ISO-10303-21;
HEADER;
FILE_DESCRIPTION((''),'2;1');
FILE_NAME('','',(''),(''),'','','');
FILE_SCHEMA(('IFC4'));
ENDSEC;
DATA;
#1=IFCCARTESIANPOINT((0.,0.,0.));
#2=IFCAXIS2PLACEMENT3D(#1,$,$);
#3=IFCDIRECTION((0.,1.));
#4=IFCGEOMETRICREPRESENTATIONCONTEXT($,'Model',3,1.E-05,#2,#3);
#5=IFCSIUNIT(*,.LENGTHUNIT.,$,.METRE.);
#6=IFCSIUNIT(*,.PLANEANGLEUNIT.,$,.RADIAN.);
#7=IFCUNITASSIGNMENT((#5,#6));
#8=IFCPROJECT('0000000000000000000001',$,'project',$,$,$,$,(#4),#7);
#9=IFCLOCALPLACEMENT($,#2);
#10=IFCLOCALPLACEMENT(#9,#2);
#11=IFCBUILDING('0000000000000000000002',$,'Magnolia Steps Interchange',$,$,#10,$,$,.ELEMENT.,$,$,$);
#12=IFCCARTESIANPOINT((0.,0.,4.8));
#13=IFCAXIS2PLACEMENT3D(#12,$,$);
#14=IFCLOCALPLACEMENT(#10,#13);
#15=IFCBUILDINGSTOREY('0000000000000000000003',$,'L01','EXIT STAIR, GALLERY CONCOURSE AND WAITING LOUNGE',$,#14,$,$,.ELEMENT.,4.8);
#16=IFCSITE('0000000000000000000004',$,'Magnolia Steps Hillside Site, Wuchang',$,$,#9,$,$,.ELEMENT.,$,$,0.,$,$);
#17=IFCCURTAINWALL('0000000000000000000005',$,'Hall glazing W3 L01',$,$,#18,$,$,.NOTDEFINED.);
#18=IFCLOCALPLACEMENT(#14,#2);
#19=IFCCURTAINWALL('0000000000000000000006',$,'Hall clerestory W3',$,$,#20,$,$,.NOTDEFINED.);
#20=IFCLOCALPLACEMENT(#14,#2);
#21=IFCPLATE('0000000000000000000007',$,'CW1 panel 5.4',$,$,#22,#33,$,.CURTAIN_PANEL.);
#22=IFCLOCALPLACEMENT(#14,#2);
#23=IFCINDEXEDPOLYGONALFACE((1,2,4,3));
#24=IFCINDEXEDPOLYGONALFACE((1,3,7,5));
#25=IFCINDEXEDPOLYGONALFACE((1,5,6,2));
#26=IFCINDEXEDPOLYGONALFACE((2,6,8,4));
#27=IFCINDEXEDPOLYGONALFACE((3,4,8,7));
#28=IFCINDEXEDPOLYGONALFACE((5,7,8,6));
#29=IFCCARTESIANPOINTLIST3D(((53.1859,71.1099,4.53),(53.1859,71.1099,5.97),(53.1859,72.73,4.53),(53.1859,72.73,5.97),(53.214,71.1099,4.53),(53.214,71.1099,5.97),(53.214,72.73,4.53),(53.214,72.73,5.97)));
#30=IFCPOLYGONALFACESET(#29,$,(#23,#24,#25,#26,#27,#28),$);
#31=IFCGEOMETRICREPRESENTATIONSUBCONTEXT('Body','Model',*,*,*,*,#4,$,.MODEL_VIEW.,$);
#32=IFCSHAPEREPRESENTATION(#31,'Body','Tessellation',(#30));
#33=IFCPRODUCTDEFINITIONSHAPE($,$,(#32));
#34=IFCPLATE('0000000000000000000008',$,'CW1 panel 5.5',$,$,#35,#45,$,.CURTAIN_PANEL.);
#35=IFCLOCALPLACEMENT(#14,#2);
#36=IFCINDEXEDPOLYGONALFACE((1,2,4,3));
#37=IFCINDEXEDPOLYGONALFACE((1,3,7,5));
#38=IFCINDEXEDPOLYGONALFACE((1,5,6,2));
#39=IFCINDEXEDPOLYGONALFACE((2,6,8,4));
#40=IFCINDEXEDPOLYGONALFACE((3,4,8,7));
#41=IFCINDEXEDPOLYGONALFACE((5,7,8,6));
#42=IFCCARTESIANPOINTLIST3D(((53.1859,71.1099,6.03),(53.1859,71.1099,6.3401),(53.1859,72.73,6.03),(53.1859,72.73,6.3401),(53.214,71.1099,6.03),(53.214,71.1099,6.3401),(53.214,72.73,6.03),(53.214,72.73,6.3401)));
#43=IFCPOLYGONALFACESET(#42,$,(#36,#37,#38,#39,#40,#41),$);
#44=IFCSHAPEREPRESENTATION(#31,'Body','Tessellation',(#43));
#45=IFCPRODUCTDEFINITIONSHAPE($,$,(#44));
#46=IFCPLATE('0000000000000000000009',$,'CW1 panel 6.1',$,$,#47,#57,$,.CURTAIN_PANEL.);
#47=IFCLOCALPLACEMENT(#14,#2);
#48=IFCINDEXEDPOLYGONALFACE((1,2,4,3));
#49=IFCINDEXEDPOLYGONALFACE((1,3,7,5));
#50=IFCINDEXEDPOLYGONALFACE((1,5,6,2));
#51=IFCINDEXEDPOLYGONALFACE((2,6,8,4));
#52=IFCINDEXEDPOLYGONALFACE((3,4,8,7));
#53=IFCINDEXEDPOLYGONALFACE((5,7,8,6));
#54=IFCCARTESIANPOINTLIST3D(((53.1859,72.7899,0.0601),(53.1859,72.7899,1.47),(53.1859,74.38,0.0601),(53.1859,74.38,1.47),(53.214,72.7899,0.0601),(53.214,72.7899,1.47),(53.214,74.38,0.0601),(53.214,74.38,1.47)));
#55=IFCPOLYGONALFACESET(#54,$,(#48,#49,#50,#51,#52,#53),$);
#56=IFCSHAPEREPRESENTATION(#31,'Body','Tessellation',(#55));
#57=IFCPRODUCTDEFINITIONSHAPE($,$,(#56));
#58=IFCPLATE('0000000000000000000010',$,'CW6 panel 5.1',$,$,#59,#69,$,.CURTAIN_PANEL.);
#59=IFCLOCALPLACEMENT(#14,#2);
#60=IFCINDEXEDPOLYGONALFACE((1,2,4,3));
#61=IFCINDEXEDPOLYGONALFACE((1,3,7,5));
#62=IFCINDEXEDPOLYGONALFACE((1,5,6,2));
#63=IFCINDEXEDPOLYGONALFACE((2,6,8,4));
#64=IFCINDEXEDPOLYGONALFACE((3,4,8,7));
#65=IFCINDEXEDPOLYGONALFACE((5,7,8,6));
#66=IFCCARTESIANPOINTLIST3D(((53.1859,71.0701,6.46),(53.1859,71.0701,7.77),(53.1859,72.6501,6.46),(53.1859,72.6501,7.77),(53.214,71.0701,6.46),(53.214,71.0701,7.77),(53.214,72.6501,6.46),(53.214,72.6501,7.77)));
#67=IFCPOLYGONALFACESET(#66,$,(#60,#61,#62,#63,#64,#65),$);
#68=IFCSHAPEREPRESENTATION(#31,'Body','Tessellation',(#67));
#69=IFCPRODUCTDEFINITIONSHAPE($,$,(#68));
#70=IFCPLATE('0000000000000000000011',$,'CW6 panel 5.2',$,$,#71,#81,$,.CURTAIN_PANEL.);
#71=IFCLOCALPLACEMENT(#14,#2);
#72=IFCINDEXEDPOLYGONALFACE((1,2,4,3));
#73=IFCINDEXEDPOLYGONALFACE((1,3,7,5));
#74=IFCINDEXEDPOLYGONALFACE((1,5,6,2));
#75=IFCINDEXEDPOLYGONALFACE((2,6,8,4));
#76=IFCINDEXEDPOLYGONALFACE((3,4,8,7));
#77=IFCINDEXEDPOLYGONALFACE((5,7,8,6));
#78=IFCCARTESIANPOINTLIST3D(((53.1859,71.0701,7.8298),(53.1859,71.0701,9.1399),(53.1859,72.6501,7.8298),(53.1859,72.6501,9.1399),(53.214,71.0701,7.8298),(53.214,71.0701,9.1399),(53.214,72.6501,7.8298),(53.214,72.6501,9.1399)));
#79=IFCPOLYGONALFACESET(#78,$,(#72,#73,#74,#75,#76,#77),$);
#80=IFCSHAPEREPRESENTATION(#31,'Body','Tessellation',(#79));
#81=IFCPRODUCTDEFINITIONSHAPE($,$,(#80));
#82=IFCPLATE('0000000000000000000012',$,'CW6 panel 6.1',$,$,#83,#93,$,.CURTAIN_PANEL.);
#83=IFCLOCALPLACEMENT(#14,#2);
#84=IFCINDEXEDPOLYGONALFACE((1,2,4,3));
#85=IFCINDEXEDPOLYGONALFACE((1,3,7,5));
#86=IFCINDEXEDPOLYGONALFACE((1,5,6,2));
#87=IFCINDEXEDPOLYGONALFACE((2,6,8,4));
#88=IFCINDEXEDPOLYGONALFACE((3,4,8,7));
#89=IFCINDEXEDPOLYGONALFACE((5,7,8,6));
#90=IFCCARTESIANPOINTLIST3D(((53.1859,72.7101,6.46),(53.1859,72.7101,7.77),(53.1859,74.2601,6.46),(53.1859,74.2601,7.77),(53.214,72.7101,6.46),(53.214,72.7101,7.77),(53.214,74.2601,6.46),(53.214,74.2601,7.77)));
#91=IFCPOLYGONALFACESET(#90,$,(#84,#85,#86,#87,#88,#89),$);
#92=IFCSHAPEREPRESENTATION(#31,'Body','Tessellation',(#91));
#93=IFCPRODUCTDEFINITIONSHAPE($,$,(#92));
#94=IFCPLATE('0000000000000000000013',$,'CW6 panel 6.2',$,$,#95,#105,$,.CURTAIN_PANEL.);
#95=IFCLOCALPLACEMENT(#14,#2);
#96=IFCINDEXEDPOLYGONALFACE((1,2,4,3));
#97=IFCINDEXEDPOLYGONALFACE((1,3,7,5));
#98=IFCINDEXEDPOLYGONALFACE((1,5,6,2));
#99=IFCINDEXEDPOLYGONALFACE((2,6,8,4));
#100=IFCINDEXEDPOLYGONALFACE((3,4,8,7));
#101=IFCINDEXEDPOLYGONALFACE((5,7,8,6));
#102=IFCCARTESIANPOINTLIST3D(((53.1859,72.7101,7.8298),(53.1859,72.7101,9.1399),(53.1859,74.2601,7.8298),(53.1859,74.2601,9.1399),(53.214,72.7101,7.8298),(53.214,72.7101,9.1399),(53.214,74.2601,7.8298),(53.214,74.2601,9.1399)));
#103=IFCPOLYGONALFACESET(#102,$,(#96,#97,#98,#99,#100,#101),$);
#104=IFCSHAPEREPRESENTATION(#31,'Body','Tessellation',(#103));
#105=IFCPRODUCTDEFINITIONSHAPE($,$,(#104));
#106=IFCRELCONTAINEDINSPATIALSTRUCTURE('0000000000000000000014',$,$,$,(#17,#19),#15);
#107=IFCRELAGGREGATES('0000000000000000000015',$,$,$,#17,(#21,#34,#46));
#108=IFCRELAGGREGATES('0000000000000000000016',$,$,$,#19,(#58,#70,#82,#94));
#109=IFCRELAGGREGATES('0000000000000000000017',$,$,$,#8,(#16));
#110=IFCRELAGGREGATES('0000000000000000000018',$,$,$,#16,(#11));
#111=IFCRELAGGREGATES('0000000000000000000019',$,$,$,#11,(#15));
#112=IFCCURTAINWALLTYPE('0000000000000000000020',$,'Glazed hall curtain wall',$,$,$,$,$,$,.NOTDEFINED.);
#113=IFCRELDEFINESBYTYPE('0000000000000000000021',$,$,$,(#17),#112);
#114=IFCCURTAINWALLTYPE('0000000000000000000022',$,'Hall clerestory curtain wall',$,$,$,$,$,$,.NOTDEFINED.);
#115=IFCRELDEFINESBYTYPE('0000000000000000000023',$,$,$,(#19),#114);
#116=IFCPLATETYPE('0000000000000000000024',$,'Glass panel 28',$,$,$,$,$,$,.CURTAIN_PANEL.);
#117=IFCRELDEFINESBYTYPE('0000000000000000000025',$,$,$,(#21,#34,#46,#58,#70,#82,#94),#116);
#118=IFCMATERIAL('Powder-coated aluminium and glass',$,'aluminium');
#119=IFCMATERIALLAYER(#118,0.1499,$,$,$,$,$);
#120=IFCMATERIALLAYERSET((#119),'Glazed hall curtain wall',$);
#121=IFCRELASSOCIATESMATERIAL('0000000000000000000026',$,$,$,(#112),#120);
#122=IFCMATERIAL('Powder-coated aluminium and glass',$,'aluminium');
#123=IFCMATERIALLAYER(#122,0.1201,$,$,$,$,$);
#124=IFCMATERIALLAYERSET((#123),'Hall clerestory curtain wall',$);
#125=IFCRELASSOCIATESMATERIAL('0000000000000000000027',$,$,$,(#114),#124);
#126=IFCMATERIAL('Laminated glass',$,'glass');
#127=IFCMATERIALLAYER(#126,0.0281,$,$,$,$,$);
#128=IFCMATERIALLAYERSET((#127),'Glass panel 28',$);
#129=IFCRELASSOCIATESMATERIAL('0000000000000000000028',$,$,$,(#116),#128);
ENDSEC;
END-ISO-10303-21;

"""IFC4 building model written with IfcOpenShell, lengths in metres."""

from ifc_helpers import new_model, si_unit, direction, frame, origin, origin_2d, place, context, subcontext, project, spatial, rectangle, extrude, material, layer, layer_set, type_object, element, aggregate, save


model = new_model("IFC4")

# Units and contexts
model_context = context("Model", 3, precision=1e-05, world=origin(), true_north=direction((0.0, 1.0)))
body_context = subcontext(model_context, "Body", "Model", "MODEL_VIEW")
ifc_project = project(units=[si_unit("LENGTHUNIT", "METRE"), si_unit("PLANEANGLEUNIT", "RADIAN")], contexts=[model_context])

# Site, building, storey
site_placement = place(None, origin())
site = spatial("IfcSite", under=ifc_project, at=site_placement, Name="Magnolia Steps Hillside Site, Wuchang", CompositionType="ELEMENT", RefElevation=0.0)
building_placement = place(site_placement, origin())
building = spatial("IfcBuilding", under=site, at=building_placement, Name="Magnolia Steps Interchange", CompositionType="ELEMENT")
storey_placement = place(building_placement, frame((0.0, 0.0, 4.8)))
storey = spatial("IfcBuildingStorey", under=building, at=storey_placement, Name="L01", Description="EXIT STAIR, GALLERY CONCOURSE AND WAITING LOUNGE", CompositionType="ELEMENT", Elevation=4.8)

# Curtain walls
ifc_material_1 = material(Name="Powder-coated aluminium and glass", Category="aluminium")
ifc_layer_1 = layer(ifc_material_1, 0.1499)
ifc_layer_set_1 = layer_set([ifc_layer_1], Name="Glazed hall curtain wall")
curtain_wall_type_1 = type_object("IfcCurtainWallType", Name="Glazed hall curtain wall", PredefinedType="NOTDEFINED", material=ifc_layer_set_1)
curtain_wall_1_placement = place(storey_placement, origin())
curtain_wall_1 = element("IfcCurtainWall", 1, at=curtain_wall_1_placement, inside=storey, type_object=curtain_wall_type_1, Name="Hall glazing W3 L01", PredefinedType="NOTDEFINED")
ifc_material_2 = material(Name="Powder-coated aluminium and glass", Category="aluminium")
ifc_layer_2 = layer(ifc_material_2, 0.1201)
ifc_layer_set_2 = layer_set([ifc_layer_2], Name="Hall clerestory curtain wall")
curtain_wall_type_2 = type_object("IfcCurtainWallType", Name="Hall clerestory curtain wall", PredefinedType="NOTDEFINED", material=ifc_layer_set_2)
curtain_wall_2_placement = place(storey_placement, origin())
curtain_wall_2 = element("IfcCurtainWall", 2, at=curtain_wall_2_placement, inside=storey, type_object=curtain_wall_type_2, Name="Hall clerestory W3", PredefinedType="NOTDEFINED")

# Plates
ifc_material_3 = material(Name="Laminated glass", Category="glass")
ifc_layer_3 = layer(ifc_material_3, 0.0281)
ifc_layer_set_3 = layer_set([ifc_layer_3], Name="Glass panel 28")
plate_type = type_object("IfcPlateType", Name="Glass panel 28", PredefinedType="CURTAIN_PANEL", material=ifc_layer_set_3)
plate_1_placement = place(storey_placement, frame((53.2, 71.9199, 4.53), z_axis=(0.0, 0.0, 1.0), x_axis=(0.0, 1.0, 0.0)))
plate_1 = element("IfcPlate", 3, at=plate_1_placement, type_object=plate_type, Name="CW1 panel 5.4", PredefinedType="CURTAIN_PANEL", context=body_context, shape_type="SweptSolid", body=[
    extrude(rectangle(XDim=1.6201, YDim=0.0281, at=origin_2d()), origin(), (0.0, 0.0, 1.0), 1.4399),
])
plate_2_placement = place(storey_placement, frame((53.2, 71.9199, 6.03), z_axis=(0.0, 0.0, 1.0), x_axis=(0.0, 1.0, 0.0)))
plate_2 = element("IfcPlate", 4, at=plate_2_placement, type_object=plate_type, Name="CW1 panel 5.5", PredefinedType="CURTAIN_PANEL", context=body_context, shape_type="SweptSolid", body=[
    extrude(rectangle(XDim=1.6201, YDim=0.0281, at=origin_2d()), origin(), (0.0, 0.0, 1.0), 0.3101),
])
plate_3_placement = place(storey_placement, frame((53.2, 73.585, 0.0601), z_axis=(0.0, 0.0, 1.0), x_axis=(0.0, 1.0, 0.0)))
plate_3 = element("IfcPlate", 5, at=plate_3_placement, type_object=plate_type, Name="CW1 panel 6.1", PredefinedType="CURTAIN_PANEL", context=body_context, shape_type="SweptSolid", body=[
    extrude(rectangle(XDim=1.5901, YDim=0.0281, at=origin_2d()), origin(), (0.0, 0.0, 1.0), 1.4099),
])
aggregate(curtain_wall_1, [plate_1, plate_2, plate_3])
plate_4_placement = place(storey_placement, frame((53.2, 71.8601, 6.46), z_axis=(0.0, 0.0, 1.0), x_axis=(0.0, 1.0, 0.0)))
plate_4 = element("IfcPlate", 6, at=plate_4_placement, type_object=plate_type, Name="CW6 panel 5.1", PredefinedType="CURTAIN_PANEL", context=body_context, shape_type="SweptSolid", body=[
    extrude(rectangle(XDim=1.5801, YDim=0.0281, at=origin_2d()), origin(), (0.0, 0.0, 1.0), 1.3101),
])
plate_5_placement = place(storey_placement, frame((53.2, 71.8601, 7.8298), z_axis=(0.0, 0.0, 1.0), x_axis=(0.0, 1.0, 0.0)))
plate_5 = element("IfcPlate", 7, at=plate_5_placement, type_object=plate_type, Name="CW6 panel 5.2", PredefinedType="CURTAIN_PANEL", context=body_context, shape_type="SweptSolid", body=[
    extrude(rectangle(XDim=1.5801, YDim=0.0281, at=origin_2d()), origin(), (0.0, 0.0, 1.0), 1.3101),
])
plate_6_placement = place(storey_placement, frame((53.2, 73.4851, 6.46), z_axis=(0.0, 0.0, 1.0), x_axis=(0.0, 1.0, 0.0)))
plate_6 = element("IfcPlate", 8, at=plate_6_placement, type_object=plate_type, Name="CW6 panel 6.1", PredefinedType="CURTAIN_PANEL", context=body_context, shape_type="SweptSolid", body=[
    extrude(rectangle(XDim=1.55, YDim=0.0281, at=origin_2d()), origin(), (0.0, 0.0, 1.0), 1.3101),
])
plate_7_placement = place(storey_placement, frame((53.2, 73.4851, 7.8298), z_axis=(0.0, 0.0, 1.0), x_axis=(0.0, 1.0, 0.0)))
plate_7 = element("IfcPlate", 9, at=plate_7_placement, type_object=plate_type, Name="CW6 panel 6.2", PredefinedType="CURTAIN_PANEL", context=body_context, shape_type="SweptSolid", body=[
    extrude(rectangle(XDim=1.55, YDim=0.0281, at=origin_2d()), origin(), (0.0, 0.0, 1.0), 1.3101),
])
aggregate(curtain_wall_2, [plate_4, plate_5, plate_6, plate_7])

save(model, "model.ifc")
